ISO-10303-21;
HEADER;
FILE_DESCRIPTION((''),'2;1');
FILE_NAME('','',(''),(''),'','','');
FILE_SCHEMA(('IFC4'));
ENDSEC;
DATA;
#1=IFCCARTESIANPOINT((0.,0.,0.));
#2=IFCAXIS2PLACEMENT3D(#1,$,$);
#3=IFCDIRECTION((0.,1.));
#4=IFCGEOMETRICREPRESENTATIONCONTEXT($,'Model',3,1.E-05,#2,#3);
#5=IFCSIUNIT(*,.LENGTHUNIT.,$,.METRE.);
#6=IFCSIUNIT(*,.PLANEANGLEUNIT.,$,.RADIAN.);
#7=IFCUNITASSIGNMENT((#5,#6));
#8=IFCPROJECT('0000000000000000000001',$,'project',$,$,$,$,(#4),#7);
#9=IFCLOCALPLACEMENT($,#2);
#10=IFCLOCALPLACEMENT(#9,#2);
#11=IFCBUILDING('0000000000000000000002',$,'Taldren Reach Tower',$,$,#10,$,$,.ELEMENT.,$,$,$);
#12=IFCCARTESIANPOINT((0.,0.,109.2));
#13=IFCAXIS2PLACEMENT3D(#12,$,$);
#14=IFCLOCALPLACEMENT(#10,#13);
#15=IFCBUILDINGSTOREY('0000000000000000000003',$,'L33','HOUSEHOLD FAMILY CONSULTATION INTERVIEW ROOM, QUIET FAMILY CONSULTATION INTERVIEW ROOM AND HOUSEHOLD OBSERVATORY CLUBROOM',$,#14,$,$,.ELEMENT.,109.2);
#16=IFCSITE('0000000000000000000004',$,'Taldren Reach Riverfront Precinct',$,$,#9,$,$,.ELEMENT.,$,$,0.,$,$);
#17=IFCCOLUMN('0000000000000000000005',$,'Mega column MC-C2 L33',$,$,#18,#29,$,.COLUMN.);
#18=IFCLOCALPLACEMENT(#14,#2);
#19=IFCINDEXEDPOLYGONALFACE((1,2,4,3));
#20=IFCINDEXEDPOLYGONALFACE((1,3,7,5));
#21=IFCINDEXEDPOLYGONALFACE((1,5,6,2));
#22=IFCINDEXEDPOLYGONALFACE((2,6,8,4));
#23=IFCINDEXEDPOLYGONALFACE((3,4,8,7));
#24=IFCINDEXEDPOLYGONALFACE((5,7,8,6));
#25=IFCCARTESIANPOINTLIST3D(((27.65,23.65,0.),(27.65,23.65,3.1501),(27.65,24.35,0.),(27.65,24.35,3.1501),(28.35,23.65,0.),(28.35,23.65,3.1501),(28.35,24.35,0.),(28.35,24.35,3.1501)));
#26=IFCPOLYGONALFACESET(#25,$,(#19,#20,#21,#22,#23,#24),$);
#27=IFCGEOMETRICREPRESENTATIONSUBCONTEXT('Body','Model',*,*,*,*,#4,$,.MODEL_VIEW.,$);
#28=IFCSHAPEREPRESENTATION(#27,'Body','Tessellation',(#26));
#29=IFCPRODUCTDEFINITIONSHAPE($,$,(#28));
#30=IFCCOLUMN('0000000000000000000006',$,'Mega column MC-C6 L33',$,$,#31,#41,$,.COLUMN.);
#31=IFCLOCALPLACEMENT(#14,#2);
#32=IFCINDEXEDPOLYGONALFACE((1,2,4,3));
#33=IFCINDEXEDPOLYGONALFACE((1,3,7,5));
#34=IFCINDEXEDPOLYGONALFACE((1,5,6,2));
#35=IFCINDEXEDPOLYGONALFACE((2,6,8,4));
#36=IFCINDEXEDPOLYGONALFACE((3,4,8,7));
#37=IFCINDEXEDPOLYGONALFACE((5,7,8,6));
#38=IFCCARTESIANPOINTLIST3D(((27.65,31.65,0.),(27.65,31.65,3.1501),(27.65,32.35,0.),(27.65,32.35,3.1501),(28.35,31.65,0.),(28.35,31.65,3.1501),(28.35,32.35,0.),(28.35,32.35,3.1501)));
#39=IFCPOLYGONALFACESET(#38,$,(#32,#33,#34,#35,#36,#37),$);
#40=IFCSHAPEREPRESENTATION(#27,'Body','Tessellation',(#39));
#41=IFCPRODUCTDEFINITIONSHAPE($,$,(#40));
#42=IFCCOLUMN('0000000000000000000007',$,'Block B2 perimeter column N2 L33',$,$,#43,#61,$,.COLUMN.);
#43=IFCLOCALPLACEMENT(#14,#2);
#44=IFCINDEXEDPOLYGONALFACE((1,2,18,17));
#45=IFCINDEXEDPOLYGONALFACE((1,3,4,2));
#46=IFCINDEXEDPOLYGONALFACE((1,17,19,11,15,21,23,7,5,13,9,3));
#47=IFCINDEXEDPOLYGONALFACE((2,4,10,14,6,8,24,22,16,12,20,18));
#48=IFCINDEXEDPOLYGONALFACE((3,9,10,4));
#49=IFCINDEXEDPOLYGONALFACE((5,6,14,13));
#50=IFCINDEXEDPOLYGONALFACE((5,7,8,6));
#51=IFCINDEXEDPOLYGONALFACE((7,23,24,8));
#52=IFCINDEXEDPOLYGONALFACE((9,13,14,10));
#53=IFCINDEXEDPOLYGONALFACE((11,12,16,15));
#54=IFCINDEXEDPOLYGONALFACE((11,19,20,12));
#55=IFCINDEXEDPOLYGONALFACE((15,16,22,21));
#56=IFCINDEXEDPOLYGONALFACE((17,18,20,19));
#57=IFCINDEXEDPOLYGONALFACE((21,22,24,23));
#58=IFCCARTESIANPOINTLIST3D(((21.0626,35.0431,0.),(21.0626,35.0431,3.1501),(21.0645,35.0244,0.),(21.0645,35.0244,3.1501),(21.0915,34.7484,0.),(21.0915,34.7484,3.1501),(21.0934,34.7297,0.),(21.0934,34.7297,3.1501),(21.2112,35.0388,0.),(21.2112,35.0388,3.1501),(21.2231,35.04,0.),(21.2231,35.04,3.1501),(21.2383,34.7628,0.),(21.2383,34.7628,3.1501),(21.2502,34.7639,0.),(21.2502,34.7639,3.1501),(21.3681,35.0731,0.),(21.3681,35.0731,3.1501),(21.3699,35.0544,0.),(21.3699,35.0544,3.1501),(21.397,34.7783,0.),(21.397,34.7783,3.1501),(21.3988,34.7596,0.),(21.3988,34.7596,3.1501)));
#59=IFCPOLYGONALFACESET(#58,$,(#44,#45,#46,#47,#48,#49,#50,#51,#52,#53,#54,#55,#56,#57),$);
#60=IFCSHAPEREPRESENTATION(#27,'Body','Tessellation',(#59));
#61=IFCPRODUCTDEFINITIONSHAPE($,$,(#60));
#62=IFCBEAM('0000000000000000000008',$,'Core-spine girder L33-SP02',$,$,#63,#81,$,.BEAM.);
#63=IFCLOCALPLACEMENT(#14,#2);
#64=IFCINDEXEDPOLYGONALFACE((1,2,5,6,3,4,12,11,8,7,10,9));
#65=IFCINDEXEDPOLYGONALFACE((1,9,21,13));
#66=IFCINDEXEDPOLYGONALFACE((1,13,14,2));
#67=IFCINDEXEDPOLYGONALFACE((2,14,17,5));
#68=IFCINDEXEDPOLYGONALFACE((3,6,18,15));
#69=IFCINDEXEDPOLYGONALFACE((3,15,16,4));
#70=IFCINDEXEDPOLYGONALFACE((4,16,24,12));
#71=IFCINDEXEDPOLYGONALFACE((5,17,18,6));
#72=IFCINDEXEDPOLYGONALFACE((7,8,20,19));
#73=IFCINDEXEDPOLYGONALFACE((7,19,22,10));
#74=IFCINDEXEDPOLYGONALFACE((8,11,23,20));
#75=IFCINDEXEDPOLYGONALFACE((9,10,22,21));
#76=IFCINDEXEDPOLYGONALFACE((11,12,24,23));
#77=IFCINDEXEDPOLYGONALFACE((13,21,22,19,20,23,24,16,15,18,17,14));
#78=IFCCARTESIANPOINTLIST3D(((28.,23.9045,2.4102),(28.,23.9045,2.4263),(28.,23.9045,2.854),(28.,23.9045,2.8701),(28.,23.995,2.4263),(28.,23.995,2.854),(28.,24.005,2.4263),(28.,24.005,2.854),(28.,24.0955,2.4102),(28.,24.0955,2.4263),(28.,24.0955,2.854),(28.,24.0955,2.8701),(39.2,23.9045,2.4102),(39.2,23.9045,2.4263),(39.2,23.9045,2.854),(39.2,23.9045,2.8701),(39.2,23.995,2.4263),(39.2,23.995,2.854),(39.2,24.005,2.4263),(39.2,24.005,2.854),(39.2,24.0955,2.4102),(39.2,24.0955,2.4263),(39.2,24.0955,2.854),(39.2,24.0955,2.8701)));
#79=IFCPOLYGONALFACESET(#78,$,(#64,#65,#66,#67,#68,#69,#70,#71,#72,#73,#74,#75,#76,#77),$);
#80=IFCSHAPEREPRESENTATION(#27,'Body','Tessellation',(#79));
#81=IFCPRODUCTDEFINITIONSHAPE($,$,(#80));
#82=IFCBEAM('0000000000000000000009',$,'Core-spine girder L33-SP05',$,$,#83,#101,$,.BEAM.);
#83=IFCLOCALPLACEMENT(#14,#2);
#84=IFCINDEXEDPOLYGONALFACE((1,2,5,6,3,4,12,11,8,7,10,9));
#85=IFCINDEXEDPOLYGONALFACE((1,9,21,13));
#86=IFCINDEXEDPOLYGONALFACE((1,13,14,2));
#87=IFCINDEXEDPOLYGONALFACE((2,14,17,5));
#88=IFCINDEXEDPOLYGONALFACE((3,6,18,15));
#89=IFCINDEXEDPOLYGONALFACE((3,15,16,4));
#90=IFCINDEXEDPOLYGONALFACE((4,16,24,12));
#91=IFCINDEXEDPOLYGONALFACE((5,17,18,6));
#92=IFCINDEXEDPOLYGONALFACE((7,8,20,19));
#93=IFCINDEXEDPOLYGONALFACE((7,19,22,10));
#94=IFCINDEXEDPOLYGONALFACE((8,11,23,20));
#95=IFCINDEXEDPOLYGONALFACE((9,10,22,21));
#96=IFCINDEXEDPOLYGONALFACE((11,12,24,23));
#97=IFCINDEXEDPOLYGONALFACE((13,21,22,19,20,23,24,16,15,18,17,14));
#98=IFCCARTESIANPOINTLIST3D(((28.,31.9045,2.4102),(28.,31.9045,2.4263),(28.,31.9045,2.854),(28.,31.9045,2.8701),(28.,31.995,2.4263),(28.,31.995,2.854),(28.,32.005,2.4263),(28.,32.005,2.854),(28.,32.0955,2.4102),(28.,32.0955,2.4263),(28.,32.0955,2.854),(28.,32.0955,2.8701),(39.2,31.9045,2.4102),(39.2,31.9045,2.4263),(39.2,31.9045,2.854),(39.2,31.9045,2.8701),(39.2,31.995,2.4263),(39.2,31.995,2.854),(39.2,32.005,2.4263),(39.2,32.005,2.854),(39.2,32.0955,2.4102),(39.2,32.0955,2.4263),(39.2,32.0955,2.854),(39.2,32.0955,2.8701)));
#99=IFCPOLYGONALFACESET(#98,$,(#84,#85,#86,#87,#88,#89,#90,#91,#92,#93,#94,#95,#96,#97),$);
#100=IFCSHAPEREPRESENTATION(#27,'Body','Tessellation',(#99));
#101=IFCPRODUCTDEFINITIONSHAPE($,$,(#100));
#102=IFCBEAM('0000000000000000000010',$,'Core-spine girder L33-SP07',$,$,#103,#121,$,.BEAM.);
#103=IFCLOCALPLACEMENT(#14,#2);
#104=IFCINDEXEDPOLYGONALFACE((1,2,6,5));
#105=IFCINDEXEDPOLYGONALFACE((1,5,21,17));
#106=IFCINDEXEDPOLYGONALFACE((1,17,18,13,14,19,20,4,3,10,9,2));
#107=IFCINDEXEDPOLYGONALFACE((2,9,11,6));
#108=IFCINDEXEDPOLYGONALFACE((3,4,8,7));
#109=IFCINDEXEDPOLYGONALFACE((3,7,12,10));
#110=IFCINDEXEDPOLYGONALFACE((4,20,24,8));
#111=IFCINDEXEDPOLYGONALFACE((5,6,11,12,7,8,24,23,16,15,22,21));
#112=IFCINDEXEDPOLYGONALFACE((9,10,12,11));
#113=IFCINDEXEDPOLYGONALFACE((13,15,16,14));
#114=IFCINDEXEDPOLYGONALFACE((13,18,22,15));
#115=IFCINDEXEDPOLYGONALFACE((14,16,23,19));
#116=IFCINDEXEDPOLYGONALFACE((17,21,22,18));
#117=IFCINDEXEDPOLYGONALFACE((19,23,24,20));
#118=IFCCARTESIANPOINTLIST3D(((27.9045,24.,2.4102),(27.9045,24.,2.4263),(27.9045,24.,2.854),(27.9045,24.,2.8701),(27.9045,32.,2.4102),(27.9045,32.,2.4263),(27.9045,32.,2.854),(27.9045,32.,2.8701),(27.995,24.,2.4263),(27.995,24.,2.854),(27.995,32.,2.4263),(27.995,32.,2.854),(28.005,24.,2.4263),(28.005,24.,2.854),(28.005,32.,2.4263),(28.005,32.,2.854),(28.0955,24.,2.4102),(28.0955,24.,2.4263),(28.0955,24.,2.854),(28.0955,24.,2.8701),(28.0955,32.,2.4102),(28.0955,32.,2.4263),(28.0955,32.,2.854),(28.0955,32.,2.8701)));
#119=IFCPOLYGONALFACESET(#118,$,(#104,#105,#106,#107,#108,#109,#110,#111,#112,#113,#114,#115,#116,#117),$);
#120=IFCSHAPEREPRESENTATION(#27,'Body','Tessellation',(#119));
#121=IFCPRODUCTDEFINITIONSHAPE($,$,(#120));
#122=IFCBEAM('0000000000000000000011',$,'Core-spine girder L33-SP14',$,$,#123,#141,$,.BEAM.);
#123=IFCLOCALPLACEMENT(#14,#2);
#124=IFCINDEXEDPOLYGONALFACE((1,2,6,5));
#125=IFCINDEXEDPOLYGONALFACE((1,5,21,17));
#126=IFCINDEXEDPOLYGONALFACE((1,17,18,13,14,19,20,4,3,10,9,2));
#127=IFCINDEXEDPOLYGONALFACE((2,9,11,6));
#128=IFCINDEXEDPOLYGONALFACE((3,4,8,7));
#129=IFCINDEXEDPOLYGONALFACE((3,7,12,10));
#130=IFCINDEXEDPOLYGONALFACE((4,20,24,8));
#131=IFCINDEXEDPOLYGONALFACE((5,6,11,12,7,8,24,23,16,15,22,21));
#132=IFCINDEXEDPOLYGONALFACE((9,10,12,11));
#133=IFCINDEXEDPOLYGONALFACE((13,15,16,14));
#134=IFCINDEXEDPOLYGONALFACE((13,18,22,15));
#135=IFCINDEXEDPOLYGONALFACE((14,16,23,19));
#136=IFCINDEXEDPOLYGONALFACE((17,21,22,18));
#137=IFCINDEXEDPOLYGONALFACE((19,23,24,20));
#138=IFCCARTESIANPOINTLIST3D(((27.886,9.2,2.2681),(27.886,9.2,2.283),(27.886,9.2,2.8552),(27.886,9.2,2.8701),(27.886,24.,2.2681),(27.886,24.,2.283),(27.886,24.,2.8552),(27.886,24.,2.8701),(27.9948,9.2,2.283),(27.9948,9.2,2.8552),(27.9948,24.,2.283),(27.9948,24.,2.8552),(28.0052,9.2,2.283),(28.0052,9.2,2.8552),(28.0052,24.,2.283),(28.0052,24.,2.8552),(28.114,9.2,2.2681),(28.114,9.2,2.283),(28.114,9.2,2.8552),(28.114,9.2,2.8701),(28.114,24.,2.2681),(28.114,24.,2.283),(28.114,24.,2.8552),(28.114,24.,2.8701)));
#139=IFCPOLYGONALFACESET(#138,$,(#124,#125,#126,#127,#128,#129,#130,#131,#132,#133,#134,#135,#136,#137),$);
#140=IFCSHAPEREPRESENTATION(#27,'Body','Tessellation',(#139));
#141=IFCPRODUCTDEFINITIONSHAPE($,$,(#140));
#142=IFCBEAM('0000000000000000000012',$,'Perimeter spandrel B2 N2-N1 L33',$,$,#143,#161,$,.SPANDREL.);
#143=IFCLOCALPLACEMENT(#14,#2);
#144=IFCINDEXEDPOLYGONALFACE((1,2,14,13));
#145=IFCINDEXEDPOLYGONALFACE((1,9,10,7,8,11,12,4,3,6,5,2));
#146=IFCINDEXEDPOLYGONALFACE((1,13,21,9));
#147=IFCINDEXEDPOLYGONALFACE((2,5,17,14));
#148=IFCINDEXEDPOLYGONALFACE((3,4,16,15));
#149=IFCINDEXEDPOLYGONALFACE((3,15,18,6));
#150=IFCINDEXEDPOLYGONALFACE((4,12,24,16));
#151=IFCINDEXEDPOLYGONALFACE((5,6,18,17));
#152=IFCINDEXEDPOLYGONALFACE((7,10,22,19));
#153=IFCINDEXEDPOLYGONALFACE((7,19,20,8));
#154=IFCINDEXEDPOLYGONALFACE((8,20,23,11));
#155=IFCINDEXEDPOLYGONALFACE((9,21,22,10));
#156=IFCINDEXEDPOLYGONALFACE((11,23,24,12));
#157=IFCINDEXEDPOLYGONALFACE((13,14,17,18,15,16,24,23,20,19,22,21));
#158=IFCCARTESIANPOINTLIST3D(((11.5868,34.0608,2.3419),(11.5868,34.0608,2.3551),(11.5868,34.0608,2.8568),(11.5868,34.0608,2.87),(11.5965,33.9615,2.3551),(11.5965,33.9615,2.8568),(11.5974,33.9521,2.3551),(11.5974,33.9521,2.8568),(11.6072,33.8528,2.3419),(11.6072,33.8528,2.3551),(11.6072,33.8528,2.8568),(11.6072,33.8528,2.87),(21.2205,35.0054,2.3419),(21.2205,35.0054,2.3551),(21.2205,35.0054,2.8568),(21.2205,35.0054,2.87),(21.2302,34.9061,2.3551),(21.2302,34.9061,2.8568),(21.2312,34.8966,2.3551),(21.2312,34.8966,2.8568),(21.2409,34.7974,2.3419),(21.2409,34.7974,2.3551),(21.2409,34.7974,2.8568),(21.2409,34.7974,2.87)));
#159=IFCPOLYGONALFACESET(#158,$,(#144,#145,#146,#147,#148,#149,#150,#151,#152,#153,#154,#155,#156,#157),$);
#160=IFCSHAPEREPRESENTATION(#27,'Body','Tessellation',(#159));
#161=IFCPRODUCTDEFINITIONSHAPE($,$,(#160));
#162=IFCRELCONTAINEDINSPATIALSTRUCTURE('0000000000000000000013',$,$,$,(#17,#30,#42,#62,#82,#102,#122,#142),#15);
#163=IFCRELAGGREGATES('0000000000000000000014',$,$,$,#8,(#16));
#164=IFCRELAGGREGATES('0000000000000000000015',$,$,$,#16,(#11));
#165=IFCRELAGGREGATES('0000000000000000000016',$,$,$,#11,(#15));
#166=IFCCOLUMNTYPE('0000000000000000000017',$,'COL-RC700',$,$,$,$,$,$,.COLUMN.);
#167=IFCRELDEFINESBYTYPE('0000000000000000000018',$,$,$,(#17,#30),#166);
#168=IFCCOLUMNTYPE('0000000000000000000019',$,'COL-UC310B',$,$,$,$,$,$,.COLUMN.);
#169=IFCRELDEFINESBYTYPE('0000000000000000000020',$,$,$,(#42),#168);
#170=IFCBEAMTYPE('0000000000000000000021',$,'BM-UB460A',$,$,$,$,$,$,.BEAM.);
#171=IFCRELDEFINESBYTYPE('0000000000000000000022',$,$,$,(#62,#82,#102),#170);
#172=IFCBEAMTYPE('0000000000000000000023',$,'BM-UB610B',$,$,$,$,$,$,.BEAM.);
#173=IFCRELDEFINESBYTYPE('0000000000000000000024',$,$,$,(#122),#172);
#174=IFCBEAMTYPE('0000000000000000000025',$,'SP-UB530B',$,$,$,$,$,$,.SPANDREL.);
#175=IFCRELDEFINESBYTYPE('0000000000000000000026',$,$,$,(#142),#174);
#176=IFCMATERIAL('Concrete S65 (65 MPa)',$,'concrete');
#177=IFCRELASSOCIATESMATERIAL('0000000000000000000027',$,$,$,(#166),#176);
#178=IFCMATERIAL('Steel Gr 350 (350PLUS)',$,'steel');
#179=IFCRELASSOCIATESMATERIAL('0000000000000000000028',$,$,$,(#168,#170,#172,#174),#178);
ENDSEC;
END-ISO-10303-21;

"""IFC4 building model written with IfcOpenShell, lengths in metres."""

from ifc_helpers import new_model, si_unit, direction, frame, origin, origin_2d, place, context, subcontext, project, spatial, rectangle, i_section, extrude, source, transform, mapped, material, material_profile, profile_set, type_object, element, save


model = new_model("IFC4")

# Units and contexts
model_context = context("Model", 3, precision=1e-05, world=origin(), true_north=direction((0.0, 1.0)))
body_context = subcontext(model_context, "Body", "Model", "MODEL_VIEW")
ifc_project = project(units=[si_unit("LENGTHUNIT", "METRE"), si_unit("PLANEANGLEUNIT", "RADIAN")], contexts=[model_context])

# Site, building, storey
site_placement = place(None, origin())
site = spatial("IfcSite", under=ifc_project, at=site_placement, Name="Taldren Reach Riverfront Precinct", CompositionType="ELEMENT", RefElevation=0.0)
building_placement = place(site_placement, origin())
building = spatial("IfcBuilding", under=site, at=building_placement, Name="Taldren Reach Tower", CompositionType="ELEMENT")
storey_placement = place(building_placement, frame((0.0, 0.0, 109.2)))
storey = spatial("IfcBuildingStorey", under=building, at=storey_placement, Name="L33", Description="HOUSEHOLD FAMILY CONSULTATION INTERVIEW ROOM, QUIET FAMILY CONSULTATION INTERVIEW ROOM AND HOUSEHOLD OBSERVATORY CLUBROOM", CompositionType="ELEMENT", Elevation=109.2)

# Columns
ifc_material_1 = material(Name="Concrete S65 (65 MPa)", Category="concrete")
ifc_material_profile_1 = material_profile(ifc_material_1, rectangle(XDim=0.7, YDim=0.7, at=origin_2d()), Name="RC-700x700")
ifc_profile_set_1 = profile_set([ifc_material_profile_1], Name="Concrete S65 (65 MPa)")
column_type_1 = type_object("IfcColumnType", Name="COL-RC700", PredefinedType="COLUMN", material=ifc_profile_set_1)
shared_shape_1 = source(origin(), body_context, "Body", "SweptSolid", [
    extrude(rectangle(XDim=0.7, YDim=0.7, at=origin_2d()), origin(), (0.0, 0.0, 1.0), 3.1501),
])
for number, where, z_axis, x_axis, name in (
    (1, (28.0, 24.0, 0.0), (0.0, 0.0, 1.0), (1.0, 0.0, 0.0), "Mega column MC-C2 L33"),
    (2, (28.0, 32.0, 0.0), (0.0, 0.0, 1.0), (1.0, 0.0, 0.0), "Mega column MC-C6 L33"),
):
    element("IfcColumn", number, at=place(storey_placement, frame(where, z_axis=z_axis, x_axis=x_axis)), inside=storey, type_object=column_type_1, Name=name, PredefinedType="COLUMN", context=body_context, shape_type="MappedRepresentation", body=[
        mapped(shared_shape_1, transform((0.0, 0.0, 0.0), scale=1.0)),
    ])
ifc_material_2 = material(Name="Steel Gr 350 (350PLUS)", Category="steel")
ifc_material_profile_2 = material_profile(ifc_material_2, i_section(OverallWidth=0.3069, OverallDepth=0.3149, WebThickness=0.012, FlangeThickness=0.0188, at=origin_2d()), Name="310UC118")
ifc_profile_set_2 = profile_set([ifc_material_profile_2], Name="Steel Gr 350 (350PLUS)")
column_type_2 = type_object("IfcColumnType", Name="COL-UC310B", PredefinedType="COLUMN", material=ifc_profile_set_2)
shared_shape_2 = source(origin(), body_context, "Body", "SweptSolid", [
    extrude(i_section(OverallWidth=0.3069, OverallDepth=0.3149, WebThickness=0.012, FlangeThickness=0.0188, at=origin_2d()), origin(), (0.0, 0.0, 1.0), 3.1501),
])
column_placement = place(storey_placement, frame((21.2307, 34.9014, 0.0), z_axis=(0.0, 0.0, 1.0), x_axis=(0.995227, 0.097583, 0.0)))
element("IfcColumn", 3, at=column_placement, inside=storey, type_object=column_type_2, Name="Block B2 perimeter column N2 L33", PredefinedType="COLUMN", context=body_context, shape_type="MappedRepresentation", body=[
    mapped(shared_shape_2, transform((0.0, 0.0, 0.0), scale=1.0)),
])

# Beams
ifc_material_profile_3 = material_profile(ifc_material_2, i_section(OverallWidth=0.1909, OverallDepth=0.46, WebThickness=0.01, FlangeThickness=0.0161, at=origin_2d()), Name="460UB82.1")
ifc_profile_set_3 = profile_set([ifc_material_profile_3], Name="Steel Gr 350 (350PLUS)")
beam_type_1 = type_object("IfcBeamType", Name="BM-UB460A", PredefinedType="BEAM", material=ifc_profile_set_3)
shared_shape_3 = source(origin(), body_context, "Body", "SweptSolid", [
    extrude(i_section(OverallWidth=0.1909, OverallDepth=0.46, WebThickness=0.01, FlangeThickness=0.0161, at=origin_2d()), origin(), (0.0, 0.0, 1.0), 11.2),
])
for number, where, z_axis, x_axis, name in (
    (4, (28.0, 24.0, 2.6401), (1.0, 0.0, 0.0), (0.0, 1.0, 0.0), "Core-spine girder L33-SP02"),
    (5, (28.0, 32.0, 2.6401), (1.0, 0.0, 0.0), (0.0, 1.0, 0.0), "Core-spine girder L33-SP05"),
):
    element("IfcBeam", number, at=place(storey_placement, frame(where, z_axis=z_axis, x_axis=x_axis)), inside=storey, type_object=beam_type_1, Name=name, PredefinedType="BEAM", context=body_context, shape_type="MappedRepresentation", body=[
        mapped(shared_shape_3, transform((0.0, 0.0, 0.0), scale=1.0)),
    ])
shared_shape_4 = source(origin(), body_context, "Body", "SweptSolid", [
    extrude(i_section(OverallWidth=0.1909, OverallDepth=0.46, WebThickness=0.01, FlangeThickness=0.0161, at=origin_2d()), origin(), (0.0, 0.0, 1.0), 8.0),
])
beam_1_placement = place(storey_placement, frame((28.0, 24.0, 2.6401), z_axis=(0.0, 1.0, 0.0), x_axis=(-1.0, 0.0, 0.0)))
element("IfcBeam", 6, at=beam_1_placement, inside=storey, type_object=beam_type_1, Name="Core-spine girder L33-SP07", PredefinedType="BEAM", context=body_context, shape_type="MappedRepresentation", body=[
    mapped(shared_shape_4, transform((0.0, 0.0, 0.0), scale=1.0)),
])
ifc_material_profile_4 = material_profile(ifc_material_2, i_section(OverallWidth=0.228, OverallDepth=0.6021, WebThickness=0.0105, FlangeThickness=0.0149, at=origin_2d()), Name="610UB101")
ifc_profile_set_4 = profile_set([ifc_material_profile_4], Name="Steel Gr 350 (350PLUS)")
beam_type_2 = type_object("IfcBeamType", Name="BM-UB610B", PredefinedType="BEAM", material=ifc_profile_set_4)
shared_shape_5 = source(origin(), body_context, "Body", "SweptSolid", [
    extrude(i_section(OverallWidth=0.228, OverallDepth=0.6021, WebThickness=0.0105, FlangeThickness=0.0149, at=origin_2d()), origin(), (0.0, 0.0, 1.0), 14.8),
])
beam_2_placement = place(storey_placement, frame((28.0, 24.0, 2.5691), z_axis=(0.0, -1.0, 0.0), x_axis=(1.0, 0.0, 0.0)))
element("IfcBeam", 7, at=beam_2_placement, inside=storey, type_object=beam_type_2, Name="Core-spine girder L33-SP14", PredefinedType="BEAM", context=body_context, shape_type="MappedRepresentation", body=[
    mapped(shared_shape_5, transform((0.0, 0.0, 0.0), scale=1.0)),
])
ifc_material_profile_5 = material_profile(ifc_material_2, i_section(OverallWidth=0.209, OverallDepth=0.5281, WebThickness=0.0095, FlangeThickness=0.0132, at=origin_2d()), Name="530UB82.0")
ifc_profile_set_5 = profile_set([ifc_material_profile_5], Name="Steel Gr 350 (350PLUS)")
beam_type_3 = type_object("IfcBeamType", Name="SP-UB530B", PredefinedType="SPANDREL", material=ifc_profile_set_5)
shared_shape_6 = source(origin(), body_context, "Body", "SweptSolid", [
    extrude(i_section(OverallWidth=0.209, OverallDepth=0.5281, WebThickness=0.0095, FlangeThickness=0.0132, at=origin_2d()), origin(), (0.0, 0.0, 1.0), 9.6799),
])
beam_3_placement = place(storey_placement, frame((21.2307, 34.9014, 2.606), z_axis=(-0.995228, -0.097581, 0.0), x_axis=(0.097581, -0.995228, 0.0)))
element("IfcBeam", 8, at=beam_3_placement, inside=storey, type_object=beam_type_3, Name="Perimeter spandrel B2 N2-N1 L33", PredefinedType="SPANDREL", context=body_context, shape_type="MappedRepresentation", body=[
    mapped(shared_shape_6, transform((0.0, 0.0, 0.0), scale=1.0)),
])

save(model, "model.ifc")
